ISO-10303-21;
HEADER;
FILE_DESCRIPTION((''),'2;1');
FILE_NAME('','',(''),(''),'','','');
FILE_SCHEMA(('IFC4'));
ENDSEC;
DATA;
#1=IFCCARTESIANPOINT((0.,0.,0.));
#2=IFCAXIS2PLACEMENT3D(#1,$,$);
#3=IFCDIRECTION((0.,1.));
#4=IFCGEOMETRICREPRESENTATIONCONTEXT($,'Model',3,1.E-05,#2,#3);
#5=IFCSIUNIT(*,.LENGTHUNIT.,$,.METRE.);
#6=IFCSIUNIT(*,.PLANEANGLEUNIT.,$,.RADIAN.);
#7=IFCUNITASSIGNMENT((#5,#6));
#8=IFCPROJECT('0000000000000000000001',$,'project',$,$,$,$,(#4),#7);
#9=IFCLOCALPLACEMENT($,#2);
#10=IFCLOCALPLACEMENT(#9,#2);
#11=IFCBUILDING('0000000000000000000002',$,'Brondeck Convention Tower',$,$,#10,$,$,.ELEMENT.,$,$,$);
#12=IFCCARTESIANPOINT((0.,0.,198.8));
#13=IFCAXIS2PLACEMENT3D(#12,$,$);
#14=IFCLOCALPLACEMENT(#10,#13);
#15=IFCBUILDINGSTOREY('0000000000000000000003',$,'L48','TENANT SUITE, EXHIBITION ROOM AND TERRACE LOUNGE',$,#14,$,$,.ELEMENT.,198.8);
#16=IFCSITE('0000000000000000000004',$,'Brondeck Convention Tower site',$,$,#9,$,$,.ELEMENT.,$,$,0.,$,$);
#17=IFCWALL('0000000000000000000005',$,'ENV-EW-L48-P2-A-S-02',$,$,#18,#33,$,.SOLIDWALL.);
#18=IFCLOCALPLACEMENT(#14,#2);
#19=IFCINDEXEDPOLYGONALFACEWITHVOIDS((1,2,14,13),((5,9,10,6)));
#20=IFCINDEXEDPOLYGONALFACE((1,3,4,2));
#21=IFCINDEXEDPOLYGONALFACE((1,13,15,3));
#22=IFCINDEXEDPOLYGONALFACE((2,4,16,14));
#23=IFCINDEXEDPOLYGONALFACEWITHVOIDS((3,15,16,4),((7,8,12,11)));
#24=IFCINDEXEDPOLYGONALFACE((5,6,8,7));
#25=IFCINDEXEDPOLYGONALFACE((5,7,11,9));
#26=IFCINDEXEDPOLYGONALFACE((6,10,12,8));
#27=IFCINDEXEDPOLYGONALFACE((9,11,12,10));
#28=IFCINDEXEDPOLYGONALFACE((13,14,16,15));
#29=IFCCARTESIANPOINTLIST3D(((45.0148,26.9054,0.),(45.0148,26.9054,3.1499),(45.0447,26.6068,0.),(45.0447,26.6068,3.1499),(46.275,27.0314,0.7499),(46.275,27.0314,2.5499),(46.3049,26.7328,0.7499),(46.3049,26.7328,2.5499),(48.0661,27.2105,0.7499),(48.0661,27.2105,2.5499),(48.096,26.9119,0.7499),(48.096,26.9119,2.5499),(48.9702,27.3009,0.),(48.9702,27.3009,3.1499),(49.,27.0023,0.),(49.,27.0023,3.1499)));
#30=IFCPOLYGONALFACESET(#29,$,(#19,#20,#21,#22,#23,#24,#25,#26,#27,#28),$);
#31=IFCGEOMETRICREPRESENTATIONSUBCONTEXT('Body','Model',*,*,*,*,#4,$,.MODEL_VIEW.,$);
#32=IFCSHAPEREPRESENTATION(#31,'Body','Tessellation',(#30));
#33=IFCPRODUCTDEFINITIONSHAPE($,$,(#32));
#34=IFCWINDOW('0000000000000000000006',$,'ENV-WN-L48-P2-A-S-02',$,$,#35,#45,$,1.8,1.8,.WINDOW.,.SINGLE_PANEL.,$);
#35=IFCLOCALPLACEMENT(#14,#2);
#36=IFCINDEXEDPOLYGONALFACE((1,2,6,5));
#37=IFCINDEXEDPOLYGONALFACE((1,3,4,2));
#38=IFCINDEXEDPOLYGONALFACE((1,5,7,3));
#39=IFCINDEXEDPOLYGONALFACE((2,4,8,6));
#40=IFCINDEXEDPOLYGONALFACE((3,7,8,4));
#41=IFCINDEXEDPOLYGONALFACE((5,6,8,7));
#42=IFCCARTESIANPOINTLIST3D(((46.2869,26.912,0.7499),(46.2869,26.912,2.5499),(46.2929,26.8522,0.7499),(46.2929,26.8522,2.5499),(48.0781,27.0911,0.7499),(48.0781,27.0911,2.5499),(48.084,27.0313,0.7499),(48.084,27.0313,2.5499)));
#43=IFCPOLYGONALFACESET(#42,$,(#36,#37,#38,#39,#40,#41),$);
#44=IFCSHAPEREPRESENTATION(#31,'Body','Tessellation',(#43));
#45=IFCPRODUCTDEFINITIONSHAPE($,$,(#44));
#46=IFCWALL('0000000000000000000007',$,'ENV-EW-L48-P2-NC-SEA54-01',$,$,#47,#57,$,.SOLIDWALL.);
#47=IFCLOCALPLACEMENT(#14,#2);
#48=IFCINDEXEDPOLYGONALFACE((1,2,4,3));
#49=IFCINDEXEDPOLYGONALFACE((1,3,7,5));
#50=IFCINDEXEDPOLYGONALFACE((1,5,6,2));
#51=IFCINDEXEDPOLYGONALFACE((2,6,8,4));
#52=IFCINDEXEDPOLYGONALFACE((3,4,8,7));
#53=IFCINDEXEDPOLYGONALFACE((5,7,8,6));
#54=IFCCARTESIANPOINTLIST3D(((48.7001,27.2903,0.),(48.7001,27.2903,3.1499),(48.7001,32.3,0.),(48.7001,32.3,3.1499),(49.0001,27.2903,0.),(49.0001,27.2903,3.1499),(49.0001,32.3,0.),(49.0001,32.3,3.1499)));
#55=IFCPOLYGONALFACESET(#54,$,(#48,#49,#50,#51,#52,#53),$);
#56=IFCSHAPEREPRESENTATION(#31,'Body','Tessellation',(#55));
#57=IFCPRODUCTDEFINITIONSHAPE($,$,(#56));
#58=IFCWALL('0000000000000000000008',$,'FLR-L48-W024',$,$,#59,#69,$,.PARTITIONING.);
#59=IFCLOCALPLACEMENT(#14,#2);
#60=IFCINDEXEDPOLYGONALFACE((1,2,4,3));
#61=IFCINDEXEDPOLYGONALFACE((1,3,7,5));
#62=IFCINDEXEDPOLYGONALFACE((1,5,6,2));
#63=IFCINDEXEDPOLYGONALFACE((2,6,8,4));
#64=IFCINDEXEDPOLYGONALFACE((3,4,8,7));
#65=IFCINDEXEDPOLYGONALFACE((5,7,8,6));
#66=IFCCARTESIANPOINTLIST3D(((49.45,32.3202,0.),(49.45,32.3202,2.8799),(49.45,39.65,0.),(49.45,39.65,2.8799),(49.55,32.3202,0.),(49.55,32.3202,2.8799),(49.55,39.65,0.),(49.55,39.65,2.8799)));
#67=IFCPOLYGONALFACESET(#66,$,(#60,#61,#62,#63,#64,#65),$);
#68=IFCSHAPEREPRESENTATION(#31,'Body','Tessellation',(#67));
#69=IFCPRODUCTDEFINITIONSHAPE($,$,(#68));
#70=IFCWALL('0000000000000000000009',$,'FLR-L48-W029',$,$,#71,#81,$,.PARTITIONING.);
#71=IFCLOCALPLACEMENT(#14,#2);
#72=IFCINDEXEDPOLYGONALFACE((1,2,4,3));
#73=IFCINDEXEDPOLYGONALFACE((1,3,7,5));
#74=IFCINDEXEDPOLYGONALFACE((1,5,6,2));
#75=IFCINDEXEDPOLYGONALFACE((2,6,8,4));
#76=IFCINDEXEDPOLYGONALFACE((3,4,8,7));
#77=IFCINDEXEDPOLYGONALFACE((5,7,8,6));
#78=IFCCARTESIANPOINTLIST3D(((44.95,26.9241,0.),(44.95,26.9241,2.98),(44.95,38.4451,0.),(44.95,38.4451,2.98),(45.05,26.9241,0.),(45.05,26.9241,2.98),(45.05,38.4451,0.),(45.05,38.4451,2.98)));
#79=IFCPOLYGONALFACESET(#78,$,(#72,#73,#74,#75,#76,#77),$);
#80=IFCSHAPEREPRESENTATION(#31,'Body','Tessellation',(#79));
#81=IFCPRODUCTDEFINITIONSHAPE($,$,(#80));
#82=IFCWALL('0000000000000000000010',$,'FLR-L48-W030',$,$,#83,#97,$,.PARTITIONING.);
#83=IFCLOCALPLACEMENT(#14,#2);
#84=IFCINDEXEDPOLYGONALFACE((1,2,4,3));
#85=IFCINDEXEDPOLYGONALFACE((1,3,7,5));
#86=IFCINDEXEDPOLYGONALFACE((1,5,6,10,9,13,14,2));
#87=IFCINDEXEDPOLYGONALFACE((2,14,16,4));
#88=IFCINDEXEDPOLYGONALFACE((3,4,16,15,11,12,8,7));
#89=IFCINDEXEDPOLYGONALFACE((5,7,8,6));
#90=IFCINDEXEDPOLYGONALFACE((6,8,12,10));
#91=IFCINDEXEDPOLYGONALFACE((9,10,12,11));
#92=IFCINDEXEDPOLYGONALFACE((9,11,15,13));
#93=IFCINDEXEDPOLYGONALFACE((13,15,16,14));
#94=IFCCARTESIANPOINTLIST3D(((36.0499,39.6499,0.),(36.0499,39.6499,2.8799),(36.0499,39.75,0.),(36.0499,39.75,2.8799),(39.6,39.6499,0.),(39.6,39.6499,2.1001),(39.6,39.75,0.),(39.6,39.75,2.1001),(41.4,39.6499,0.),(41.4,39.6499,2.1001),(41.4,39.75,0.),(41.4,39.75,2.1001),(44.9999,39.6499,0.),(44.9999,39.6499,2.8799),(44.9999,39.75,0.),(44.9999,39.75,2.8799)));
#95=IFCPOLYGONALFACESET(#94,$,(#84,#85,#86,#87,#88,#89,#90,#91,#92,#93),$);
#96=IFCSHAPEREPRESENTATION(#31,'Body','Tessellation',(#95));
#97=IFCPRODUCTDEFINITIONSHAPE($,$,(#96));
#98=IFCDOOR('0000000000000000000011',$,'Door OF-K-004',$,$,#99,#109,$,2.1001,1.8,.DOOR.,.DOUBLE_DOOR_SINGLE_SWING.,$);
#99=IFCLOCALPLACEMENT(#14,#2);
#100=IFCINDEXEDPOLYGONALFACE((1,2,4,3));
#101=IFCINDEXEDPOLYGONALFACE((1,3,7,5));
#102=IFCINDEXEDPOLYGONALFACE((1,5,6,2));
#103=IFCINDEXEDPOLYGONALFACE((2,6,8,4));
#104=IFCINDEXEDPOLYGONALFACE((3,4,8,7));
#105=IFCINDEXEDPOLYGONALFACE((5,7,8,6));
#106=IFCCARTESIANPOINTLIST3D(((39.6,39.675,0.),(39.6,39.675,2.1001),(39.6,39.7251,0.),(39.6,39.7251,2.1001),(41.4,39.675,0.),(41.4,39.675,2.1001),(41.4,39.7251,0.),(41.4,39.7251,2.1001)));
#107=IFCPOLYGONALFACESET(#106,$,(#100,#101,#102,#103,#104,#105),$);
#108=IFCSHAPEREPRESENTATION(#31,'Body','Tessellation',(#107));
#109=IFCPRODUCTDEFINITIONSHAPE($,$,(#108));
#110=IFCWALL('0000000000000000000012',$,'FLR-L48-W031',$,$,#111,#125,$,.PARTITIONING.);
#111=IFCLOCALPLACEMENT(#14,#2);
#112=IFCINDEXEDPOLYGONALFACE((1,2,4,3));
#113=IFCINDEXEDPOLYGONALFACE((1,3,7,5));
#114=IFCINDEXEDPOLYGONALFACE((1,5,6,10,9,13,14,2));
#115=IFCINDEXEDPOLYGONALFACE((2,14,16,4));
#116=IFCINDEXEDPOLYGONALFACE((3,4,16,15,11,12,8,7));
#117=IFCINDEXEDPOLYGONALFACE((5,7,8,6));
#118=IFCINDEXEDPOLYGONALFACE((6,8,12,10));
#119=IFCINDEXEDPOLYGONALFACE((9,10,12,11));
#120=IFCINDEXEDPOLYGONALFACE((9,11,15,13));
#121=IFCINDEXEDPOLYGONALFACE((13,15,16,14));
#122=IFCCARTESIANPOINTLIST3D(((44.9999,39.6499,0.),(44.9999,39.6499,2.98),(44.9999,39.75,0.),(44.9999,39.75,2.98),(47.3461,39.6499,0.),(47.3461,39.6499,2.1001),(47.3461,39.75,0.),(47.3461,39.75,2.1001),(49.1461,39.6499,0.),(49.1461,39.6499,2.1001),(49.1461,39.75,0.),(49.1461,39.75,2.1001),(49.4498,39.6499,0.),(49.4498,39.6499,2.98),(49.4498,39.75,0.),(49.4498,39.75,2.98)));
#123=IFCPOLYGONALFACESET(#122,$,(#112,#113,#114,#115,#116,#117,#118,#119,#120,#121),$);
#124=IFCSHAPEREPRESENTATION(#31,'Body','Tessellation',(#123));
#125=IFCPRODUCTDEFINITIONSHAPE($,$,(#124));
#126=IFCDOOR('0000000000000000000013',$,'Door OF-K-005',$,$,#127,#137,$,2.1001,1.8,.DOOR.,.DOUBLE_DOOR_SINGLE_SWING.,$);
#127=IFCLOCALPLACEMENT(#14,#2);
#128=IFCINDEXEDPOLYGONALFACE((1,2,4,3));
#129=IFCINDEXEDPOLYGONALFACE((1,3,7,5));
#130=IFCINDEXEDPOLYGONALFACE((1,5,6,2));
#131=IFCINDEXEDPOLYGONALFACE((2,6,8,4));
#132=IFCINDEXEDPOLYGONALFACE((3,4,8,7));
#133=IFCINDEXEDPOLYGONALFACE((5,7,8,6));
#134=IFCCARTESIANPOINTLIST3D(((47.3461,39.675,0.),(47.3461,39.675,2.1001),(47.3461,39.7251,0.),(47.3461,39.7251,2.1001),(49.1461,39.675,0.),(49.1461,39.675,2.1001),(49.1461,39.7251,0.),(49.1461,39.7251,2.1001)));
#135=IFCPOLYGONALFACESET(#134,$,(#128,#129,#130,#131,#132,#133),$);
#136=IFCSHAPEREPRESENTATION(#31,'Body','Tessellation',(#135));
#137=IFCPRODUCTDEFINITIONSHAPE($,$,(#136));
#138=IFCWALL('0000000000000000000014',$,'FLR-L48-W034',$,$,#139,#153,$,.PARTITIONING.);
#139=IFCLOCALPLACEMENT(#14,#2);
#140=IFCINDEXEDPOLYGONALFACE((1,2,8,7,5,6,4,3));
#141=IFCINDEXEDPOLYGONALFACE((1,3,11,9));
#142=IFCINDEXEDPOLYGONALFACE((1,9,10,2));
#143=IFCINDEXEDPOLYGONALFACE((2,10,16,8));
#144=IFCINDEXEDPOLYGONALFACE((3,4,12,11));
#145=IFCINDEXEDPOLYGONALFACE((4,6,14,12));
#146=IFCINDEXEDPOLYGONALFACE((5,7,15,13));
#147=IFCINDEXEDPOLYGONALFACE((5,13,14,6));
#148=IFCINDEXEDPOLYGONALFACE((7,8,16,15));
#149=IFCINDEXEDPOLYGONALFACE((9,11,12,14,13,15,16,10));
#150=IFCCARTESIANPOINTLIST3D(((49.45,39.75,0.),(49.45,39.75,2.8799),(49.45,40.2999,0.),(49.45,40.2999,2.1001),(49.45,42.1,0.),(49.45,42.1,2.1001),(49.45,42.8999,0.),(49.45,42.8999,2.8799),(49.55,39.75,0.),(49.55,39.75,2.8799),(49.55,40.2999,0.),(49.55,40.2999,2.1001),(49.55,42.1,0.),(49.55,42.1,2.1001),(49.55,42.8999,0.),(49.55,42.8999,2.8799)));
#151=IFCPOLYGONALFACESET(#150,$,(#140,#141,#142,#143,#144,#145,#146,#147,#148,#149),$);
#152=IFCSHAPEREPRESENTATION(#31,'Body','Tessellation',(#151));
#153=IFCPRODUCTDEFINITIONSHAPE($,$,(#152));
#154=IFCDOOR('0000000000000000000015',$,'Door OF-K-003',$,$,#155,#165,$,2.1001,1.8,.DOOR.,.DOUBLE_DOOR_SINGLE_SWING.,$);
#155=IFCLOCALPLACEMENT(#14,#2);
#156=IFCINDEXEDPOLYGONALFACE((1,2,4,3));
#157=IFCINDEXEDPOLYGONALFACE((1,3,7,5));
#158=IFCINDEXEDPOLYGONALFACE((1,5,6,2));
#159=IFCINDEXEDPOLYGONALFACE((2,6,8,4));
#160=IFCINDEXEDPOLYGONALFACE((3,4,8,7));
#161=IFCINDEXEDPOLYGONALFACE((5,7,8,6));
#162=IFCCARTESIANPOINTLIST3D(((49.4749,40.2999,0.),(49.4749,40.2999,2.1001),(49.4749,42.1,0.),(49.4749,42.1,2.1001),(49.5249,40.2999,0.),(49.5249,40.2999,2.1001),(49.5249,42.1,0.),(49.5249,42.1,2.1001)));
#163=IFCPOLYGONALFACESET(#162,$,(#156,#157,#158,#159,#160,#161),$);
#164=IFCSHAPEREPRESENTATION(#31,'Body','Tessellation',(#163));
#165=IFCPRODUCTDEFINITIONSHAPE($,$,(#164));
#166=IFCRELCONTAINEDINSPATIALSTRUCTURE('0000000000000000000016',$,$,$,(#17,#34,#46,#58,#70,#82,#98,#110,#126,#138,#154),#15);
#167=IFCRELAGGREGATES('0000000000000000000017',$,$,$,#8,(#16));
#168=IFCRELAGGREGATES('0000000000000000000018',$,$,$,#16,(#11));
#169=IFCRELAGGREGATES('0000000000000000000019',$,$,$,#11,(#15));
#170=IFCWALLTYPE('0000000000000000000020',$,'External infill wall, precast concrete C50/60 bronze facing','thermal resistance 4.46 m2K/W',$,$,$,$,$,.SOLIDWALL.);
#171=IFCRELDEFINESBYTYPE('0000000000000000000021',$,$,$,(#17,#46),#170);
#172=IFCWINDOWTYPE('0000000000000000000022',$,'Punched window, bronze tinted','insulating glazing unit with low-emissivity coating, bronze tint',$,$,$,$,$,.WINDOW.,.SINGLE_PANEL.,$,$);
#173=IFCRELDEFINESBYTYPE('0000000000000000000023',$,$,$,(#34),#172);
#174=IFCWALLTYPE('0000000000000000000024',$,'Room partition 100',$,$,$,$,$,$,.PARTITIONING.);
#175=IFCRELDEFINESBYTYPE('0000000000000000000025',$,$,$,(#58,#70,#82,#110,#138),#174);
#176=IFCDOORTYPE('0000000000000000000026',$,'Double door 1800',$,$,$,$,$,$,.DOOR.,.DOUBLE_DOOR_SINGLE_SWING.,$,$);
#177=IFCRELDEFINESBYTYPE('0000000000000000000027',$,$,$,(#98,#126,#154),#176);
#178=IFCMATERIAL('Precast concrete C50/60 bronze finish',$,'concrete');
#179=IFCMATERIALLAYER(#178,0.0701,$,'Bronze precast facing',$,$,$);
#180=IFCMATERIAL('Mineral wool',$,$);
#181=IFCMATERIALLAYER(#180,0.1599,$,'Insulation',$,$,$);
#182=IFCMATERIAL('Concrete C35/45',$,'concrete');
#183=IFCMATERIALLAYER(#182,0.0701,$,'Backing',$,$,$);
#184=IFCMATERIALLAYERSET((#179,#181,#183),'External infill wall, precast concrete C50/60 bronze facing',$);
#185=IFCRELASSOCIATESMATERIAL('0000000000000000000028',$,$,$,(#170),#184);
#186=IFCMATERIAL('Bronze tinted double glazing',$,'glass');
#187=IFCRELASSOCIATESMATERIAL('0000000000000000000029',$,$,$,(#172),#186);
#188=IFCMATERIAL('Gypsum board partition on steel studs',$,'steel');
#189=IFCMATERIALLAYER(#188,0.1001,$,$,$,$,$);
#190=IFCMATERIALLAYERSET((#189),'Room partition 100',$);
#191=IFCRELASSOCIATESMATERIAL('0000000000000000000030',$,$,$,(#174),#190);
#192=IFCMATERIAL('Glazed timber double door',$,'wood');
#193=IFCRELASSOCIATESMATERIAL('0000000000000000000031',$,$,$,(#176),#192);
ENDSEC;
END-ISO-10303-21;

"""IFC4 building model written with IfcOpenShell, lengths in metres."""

from ifc_helpers import new_model, si_unit, direction, frame, frame_2d, origin, place, context, subcontext, project, spatial, rectangle, extrude, material, layer, layer_set, type_object, element, fill, save


model = new_model("IFC4")

# Units and contexts
model_context = context("Model", 3, precision=1e-05, world=origin(), true_north=direction((0.0, 1.0)))
body_context = subcontext(model_context, "Body", "Model", "MODEL_VIEW")
ifc_project = project(units=[si_unit("LENGTHUNIT", "METRE"), si_unit("PLANEANGLEUNIT", "RADIAN")], contexts=[model_context])

# Site, building, storey
site_placement = place(None, origin())
site = spatial("IfcSite", under=ifc_project, at=site_placement, Name="Brondeck Convention Tower site", CompositionType="ELEMENT", RefElevation=0.0)
building_placement = place(site_placement, origin())
building = spatial("IfcBuilding", under=site, at=building_placement, Name="Brondeck Convention Tower", CompositionType="ELEMENT")
storey_placement = place(building_placement, frame((0.0, 0.0, 198.8)))
storey = spatial("IfcBuildingStorey", under=building, at=storey_placement, Name="L48", Description="TENANT SUITE, EXHIBITION ROOM AND TERRACE LOUNGE", CompositionType="ELEMENT", Elevation=198.8)

# Shared definitions
ifc_material_1 = material(Name="Precast concrete C50/60 bronze finish", Category="concrete")
ifc_layer_1 = layer(ifc_material_1, 0.0701, Name="Bronze precast facing")
ifc_material_2 = material(Name="Mineral wool")
ifc_layer_2 = layer(ifc_material_2, 0.1599, Name="Insulation")
ifc_material_3 = material(Name="Concrete C35/45", Category="concrete")
ifc_layer_3 = layer(ifc_material_3, 0.0701, Name="Backing")
ifc_layer_set_1 = layer_set([ifc_layer_1, ifc_layer_2, ifc_layer_3], Name="External infill wall, precast concrete C50/60 bronze facing")
wall_type_1 = type_object("IfcWallType", Name="External infill wall, precast concrete C50/60 bronze facing", Description="thermal resistance 4.46 m2K/W", PredefinedType="SOLIDWALL", material=ifc_layer_set_1)
ifc_material_4 = material(Name="Bronze tinted double glazing", Category="glass")
window_type_1 = type_object("IfcWindowType", Name="Punched window, bronze tinted", Description="insulating glazing unit with low-emissivity coating, bronze tint", PartitioningType="SINGLE_PANEL", PredefinedType="WINDOW", material=ifc_material_4)

# Wall, opening, window
wall_1_placement = place(storey_placement, frame((48.9851, 27.1516, 0.0), z_axis=(0.0, 0.0, 1.0), x_axis=(-0.995038, -0.099498, 0.0)))
wall_1 = element("IfcWall", 1, at=wall_1_placement, inside=storey, type_object=wall_type_1, Name="ENV-EW-L48-P2-A-S-02", PredefinedType="SOLIDWALL", context=body_context, shape_type="SweptSolid", body=[
    extrude(rectangle(XDim=3.9751, YDim=0.3, at=frame_2d((1.9875, 0.0))), origin(), (0.0, 0.0, 1.0), 3.1499),
])
opening_1_placement = place(wall_1_placement, frame((0.9087, 0.0, 0.75)))
opening_1 = element("IfcOpeningElement", 2, at=opening_1_placement, cuts=wall_1, PredefinedType="OPENING", context=body_context, shape_type="SweptSolid", body=[
    extrude(rectangle(XDim=1.8, YDim=1.8, at=frame_2d((0.8999, 0.8999))), frame((0.0, 0.1599, 0.0), z_axis=(0.0, -1.0, 0.0), x_axis=(1.0, 0.0, 0.0)), (0.0, 0.0, 1.0), 0.3201),
])
window_1_placement = place(opening_1_placement, origin())
window_1 = element("IfcWindow", 3, at=window_1_placement, inside=storey, type_object=window_type_1, Name="ENV-WN-L48-P2-A-S-02", OverallHeight=1.8, OverallWidth=1.8, PartitioningType="SINGLE_PANEL", PredefinedType="WINDOW", context=body_context, shape_type="SweptSolid", body=[
    extrude(rectangle(XDim=1.8, YDim=1.8, at=frame_2d((0.8999, 0.8999))), frame((0.0, 0.03, 0.0), z_axis=(0.0, -1.0, 0.0), x_axis=(1.0, 0.0, 0.0)), (0.0, 0.0, 1.0), 0.0601),
])
fill(opening_1, window_1)

# Walls
wall_2_placement = place(storey_placement, frame((48.8501, 32.3, 0.0), z_axis=(0.0, 0.0, 1.0), x_axis=(0.0, -1.0, 0.0)))
element("IfcWall", 4, at=wall_2_placement, inside=storey, type_object=wall_type_1, Name="ENV-EW-L48-P2-NC-SEA54-01", PredefinedType="SOLIDWALL", context=body_context, shape_type="SweptSolid", body=[
    extrude(rectangle(XDim=5.0098, YDim=0.3, at=frame_2d((2.5049, 0.0))), origin(), (0.0, 0.0, 1.0), 3.1499),
])
ifc_material_5 = material(Name="Gypsum board partition on steel studs", Category="steel")
ifc_layer_4 = layer(ifc_material_5, 0.1001)
ifc_layer_set_2 = layer_set([ifc_layer_4], Name="Room partition 100")
wall_type_2 = type_object("IfcWallType", Name="Room partition 100", PredefinedType="PARTITIONING", material=ifc_layer_set_2)
wall_3_placement = place(storey_placement, frame((49.5, 32.3201, 0.0), z_axis=(0.0, 0.0, 1.0), x_axis=(0.0, 1.0, 0.0)))
element("IfcWall", 5, at=wall_3_placement, inside=storey, type_object=wall_type_2, Name="FLR-L48-W024", PredefinedType="PARTITIONING", context=body_context, shape_type="SweptSolid", body=[
    extrude(rectangle(XDim=7.3298, YDim=0.1001, at=frame_2d((3.665, 0.0))), origin(), (0.0, 0.0, 1.0), 2.8799),
])
wall_4_placement = place(storey_placement, frame((45.0, 38.4451, 0.0), z_axis=(0.0, 0.0, 1.0), x_axis=(0.0, -1.0, 0.0)))
element("IfcWall", 6, at=wall_4_placement, inside=storey, type_object=wall_type_2, Name="FLR-L48-W029", PredefinedType="PARTITIONING", context=body_context, shape_type="SweptSolid", body=[
    extrude(rectangle(XDim=11.521, YDim=0.1001, at=frame_2d((5.7605, 0.0))), origin(), (0.0, 0.0, 1.0), 2.98),
])

# Walls, openings, doors
wall_5_placement = place(storey_placement, frame((45.0, 39.7, 0.0), z_axis=(0.0, 0.0, 1.0), x_axis=(-1.0, 0.0, 0.0)))
wall_5 = element("IfcWall", 7, at=wall_5_placement, inside=storey, type_object=wall_type_2, Name="FLR-L48-W030", PredefinedType="PARTITIONING", context=body_context, shape_type="SweptSolid", body=[
    extrude(rectangle(XDim=8.95, YDim=0.1001, at=frame_2d((4.4751, 0.0))), origin(), (0.0, 0.0, 1.0), 2.8799),
])
opening_2_placement = place(wall_5_placement, frame((3.6001, 0.0, 0.0)))
opening_2 = element("IfcOpeningElement", 8, at=opening_2_placement, cuts=wall_5, PredefinedType="OPENING", context=body_context, shape_type="SweptSolid", body=[
    extrude(rectangle(XDim=1.8, YDim=2.1001, at=frame_2d((0.8999, 1.05))), frame((0.0, 0.0601, 0.0), z_axis=(0.0, -1.0, 0.0), x_axis=(1.0, 0.0, 0.0)), (0.0, 0.0, 1.0), 0.1201),
])
ifc_material_6 = material(Name="Glazed timber double door", Category="wood")
door_type_1 = type_object("IfcDoorType", Name="Double door 1800", OperationType="DOUBLE_DOOR_SINGLE_SWING", PredefinedType="DOOR", material=ifc_material_6)
door_1_placement = place(opening_2_placement, origin())
door_1 = element("IfcDoor", 9, at=door_1_placement, inside=storey, type_object=door_type_1, Name="Door OF-K-004", OperationType="DOUBLE_DOOR_SINGLE_SWING", OverallHeight=2.1001, OverallWidth=1.8, PredefinedType="DOOR", context=body_context, shape_type="SweptSolid", body=[
    extrude(rectangle(XDim=1.8, YDim=2.1001, at=frame_2d((0.8999, 1.05))), frame((0.0, 0.0249, 0.0), z_axis=(0.0, -1.0, 0.0), x_axis=(1.0, 0.0, 0.0)), (0.0, 0.0, 1.0), 0.05),
])
fill(opening_2, door_1)
wall_6_placement = place(storey_placement, frame((49.45, 39.7, 0.0), z_axis=(0.0, 0.0, 1.0), x_axis=(-1.0, 0.0, 0.0)))
wall_6 = element("IfcWall", 10, at=wall_6_placement, inside=storey, type_object=wall_type_2, Name="FLR-L48-W031", PredefinedType="PARTITIONING", context=body_context, shape_type="SweptSolid", body=[
    extrude(rectangle(XDim=4.45, YDim=0.1001, at=frame_2d((2.2251, 0.0))), origin(), (0.0, 0.0, 1.0), 2.98),
])
opening_3_placement = place(wall_6_placement, frame((0.304, 0.0, 0.0)))
opening_3 = element("IfcOpeningElement", 11, at=opening_3_placement, cuts=wall_6, PredefinedType="OPENING", context=body_context, shape_type="SweptSolid", body=[
    extrude(rectangle(XDim=1.8, YDim=2.1001, at=frame_2d((0.8999, 1.05))), frame((0.0, 0.0601, 0.0), z_axis=(0.0, -1.0, 0.0), x_axis=(1.0, 0.0, 0.0)), (0.0, 0.0, 1.0), 0.1201),
])
door_2_placement = place(opening_3_placement, origin())
door_2 = element("IfcDoor", 12, at=door_2_placement, inside=storey, type_object=door_type_1, Name="Door OF-K-005", OperationType="DOUBLE_DOOR_SINGLE_SWING", OverallHeight=2.1001, OverallWidth=1.8, PredefinedType="DOOR", context=body_context, shape_type="SweptSolid", body=[
    extrude(rectangle(XDim=1.8, YDim=2.1001, at=frame_2d((0.8999, 1.05))), frame((0.0, 0.0249, 0.0), z_axis=(0.0, -1.0, 0.0), x_axis=(1.0, 0.0, 0.0)), (0.0, 0.0, 1.0), 0.05),
])
fill(opening_3, door_2)
wall_7_placement = place(storey_placement, frame((49.5, 42.8999, 0.0), z_axis=(0.0, 0.0, 1.0), x_axis=(0.0, -1.0, 0.0)))
wall_7 = element("IfcWall", 13, at=wall_7_placement, inside=storey, type_object=wall_type_2, Name="FLR-L48-W034", PredefinedType="PARTITIONING", context=body_context, shape_type="SweptSolid", body=[
    extrude(rectangle(XDim=3.1499, YDim=0.1001, at=frame_2d((1.575, 0.0))), origin(), (0.0, 0.0, 1.0), 2.8799),
])
opening_4_placement = place(wall_7_placement, frame((0.8, 0.0, 0.0)))
opening_4 = element("IfcOpeningElement", 14, at=opening_4_placement, cuts=wall_7, PredefinedType="OPENING", context=body_context, shape_type="SweptSolid", body=[
    extrude(rectangle(XDim=1.8, YDim=2.1001, at=frame_2d((0.8999, 1.05))), frame((0.0, 0.0601, 0.0), z_axis=(0.0, -1.0, 0.0), x_axis=(1.0, 0.0, 0.0)), (0.0, 0.0, 1.0), 0.1201),
])
door_3_placement = place(opening_4_placement, origin())
door_3 = element("IfcDoor", 15, at=door_3_placement, inside=storey, type_object=door_type_1, Name="Door OF-K-003", OperationType="DOUBLE_DOOR_SINGLE_SWING", OverallHeight=2.1001, OverallWidth=1.8, PredefinedType="DOOR", context=body_context, shape_type="SweptSolid", body=[
    extrude(rectangle(XDim=1.8, YDim=2.1001, at=frame_2d((0.8999, 1.05))), frame((0.0, 0.0249, 0.0), z_axis=(0.0, -1.0, 0.0), x_axis=(1.0, 0.0, 0.0)), (0.0, 0.0, 1.0), 0.05),
])
fill(opening_4, door_3)

save(model, "model.ifc")
